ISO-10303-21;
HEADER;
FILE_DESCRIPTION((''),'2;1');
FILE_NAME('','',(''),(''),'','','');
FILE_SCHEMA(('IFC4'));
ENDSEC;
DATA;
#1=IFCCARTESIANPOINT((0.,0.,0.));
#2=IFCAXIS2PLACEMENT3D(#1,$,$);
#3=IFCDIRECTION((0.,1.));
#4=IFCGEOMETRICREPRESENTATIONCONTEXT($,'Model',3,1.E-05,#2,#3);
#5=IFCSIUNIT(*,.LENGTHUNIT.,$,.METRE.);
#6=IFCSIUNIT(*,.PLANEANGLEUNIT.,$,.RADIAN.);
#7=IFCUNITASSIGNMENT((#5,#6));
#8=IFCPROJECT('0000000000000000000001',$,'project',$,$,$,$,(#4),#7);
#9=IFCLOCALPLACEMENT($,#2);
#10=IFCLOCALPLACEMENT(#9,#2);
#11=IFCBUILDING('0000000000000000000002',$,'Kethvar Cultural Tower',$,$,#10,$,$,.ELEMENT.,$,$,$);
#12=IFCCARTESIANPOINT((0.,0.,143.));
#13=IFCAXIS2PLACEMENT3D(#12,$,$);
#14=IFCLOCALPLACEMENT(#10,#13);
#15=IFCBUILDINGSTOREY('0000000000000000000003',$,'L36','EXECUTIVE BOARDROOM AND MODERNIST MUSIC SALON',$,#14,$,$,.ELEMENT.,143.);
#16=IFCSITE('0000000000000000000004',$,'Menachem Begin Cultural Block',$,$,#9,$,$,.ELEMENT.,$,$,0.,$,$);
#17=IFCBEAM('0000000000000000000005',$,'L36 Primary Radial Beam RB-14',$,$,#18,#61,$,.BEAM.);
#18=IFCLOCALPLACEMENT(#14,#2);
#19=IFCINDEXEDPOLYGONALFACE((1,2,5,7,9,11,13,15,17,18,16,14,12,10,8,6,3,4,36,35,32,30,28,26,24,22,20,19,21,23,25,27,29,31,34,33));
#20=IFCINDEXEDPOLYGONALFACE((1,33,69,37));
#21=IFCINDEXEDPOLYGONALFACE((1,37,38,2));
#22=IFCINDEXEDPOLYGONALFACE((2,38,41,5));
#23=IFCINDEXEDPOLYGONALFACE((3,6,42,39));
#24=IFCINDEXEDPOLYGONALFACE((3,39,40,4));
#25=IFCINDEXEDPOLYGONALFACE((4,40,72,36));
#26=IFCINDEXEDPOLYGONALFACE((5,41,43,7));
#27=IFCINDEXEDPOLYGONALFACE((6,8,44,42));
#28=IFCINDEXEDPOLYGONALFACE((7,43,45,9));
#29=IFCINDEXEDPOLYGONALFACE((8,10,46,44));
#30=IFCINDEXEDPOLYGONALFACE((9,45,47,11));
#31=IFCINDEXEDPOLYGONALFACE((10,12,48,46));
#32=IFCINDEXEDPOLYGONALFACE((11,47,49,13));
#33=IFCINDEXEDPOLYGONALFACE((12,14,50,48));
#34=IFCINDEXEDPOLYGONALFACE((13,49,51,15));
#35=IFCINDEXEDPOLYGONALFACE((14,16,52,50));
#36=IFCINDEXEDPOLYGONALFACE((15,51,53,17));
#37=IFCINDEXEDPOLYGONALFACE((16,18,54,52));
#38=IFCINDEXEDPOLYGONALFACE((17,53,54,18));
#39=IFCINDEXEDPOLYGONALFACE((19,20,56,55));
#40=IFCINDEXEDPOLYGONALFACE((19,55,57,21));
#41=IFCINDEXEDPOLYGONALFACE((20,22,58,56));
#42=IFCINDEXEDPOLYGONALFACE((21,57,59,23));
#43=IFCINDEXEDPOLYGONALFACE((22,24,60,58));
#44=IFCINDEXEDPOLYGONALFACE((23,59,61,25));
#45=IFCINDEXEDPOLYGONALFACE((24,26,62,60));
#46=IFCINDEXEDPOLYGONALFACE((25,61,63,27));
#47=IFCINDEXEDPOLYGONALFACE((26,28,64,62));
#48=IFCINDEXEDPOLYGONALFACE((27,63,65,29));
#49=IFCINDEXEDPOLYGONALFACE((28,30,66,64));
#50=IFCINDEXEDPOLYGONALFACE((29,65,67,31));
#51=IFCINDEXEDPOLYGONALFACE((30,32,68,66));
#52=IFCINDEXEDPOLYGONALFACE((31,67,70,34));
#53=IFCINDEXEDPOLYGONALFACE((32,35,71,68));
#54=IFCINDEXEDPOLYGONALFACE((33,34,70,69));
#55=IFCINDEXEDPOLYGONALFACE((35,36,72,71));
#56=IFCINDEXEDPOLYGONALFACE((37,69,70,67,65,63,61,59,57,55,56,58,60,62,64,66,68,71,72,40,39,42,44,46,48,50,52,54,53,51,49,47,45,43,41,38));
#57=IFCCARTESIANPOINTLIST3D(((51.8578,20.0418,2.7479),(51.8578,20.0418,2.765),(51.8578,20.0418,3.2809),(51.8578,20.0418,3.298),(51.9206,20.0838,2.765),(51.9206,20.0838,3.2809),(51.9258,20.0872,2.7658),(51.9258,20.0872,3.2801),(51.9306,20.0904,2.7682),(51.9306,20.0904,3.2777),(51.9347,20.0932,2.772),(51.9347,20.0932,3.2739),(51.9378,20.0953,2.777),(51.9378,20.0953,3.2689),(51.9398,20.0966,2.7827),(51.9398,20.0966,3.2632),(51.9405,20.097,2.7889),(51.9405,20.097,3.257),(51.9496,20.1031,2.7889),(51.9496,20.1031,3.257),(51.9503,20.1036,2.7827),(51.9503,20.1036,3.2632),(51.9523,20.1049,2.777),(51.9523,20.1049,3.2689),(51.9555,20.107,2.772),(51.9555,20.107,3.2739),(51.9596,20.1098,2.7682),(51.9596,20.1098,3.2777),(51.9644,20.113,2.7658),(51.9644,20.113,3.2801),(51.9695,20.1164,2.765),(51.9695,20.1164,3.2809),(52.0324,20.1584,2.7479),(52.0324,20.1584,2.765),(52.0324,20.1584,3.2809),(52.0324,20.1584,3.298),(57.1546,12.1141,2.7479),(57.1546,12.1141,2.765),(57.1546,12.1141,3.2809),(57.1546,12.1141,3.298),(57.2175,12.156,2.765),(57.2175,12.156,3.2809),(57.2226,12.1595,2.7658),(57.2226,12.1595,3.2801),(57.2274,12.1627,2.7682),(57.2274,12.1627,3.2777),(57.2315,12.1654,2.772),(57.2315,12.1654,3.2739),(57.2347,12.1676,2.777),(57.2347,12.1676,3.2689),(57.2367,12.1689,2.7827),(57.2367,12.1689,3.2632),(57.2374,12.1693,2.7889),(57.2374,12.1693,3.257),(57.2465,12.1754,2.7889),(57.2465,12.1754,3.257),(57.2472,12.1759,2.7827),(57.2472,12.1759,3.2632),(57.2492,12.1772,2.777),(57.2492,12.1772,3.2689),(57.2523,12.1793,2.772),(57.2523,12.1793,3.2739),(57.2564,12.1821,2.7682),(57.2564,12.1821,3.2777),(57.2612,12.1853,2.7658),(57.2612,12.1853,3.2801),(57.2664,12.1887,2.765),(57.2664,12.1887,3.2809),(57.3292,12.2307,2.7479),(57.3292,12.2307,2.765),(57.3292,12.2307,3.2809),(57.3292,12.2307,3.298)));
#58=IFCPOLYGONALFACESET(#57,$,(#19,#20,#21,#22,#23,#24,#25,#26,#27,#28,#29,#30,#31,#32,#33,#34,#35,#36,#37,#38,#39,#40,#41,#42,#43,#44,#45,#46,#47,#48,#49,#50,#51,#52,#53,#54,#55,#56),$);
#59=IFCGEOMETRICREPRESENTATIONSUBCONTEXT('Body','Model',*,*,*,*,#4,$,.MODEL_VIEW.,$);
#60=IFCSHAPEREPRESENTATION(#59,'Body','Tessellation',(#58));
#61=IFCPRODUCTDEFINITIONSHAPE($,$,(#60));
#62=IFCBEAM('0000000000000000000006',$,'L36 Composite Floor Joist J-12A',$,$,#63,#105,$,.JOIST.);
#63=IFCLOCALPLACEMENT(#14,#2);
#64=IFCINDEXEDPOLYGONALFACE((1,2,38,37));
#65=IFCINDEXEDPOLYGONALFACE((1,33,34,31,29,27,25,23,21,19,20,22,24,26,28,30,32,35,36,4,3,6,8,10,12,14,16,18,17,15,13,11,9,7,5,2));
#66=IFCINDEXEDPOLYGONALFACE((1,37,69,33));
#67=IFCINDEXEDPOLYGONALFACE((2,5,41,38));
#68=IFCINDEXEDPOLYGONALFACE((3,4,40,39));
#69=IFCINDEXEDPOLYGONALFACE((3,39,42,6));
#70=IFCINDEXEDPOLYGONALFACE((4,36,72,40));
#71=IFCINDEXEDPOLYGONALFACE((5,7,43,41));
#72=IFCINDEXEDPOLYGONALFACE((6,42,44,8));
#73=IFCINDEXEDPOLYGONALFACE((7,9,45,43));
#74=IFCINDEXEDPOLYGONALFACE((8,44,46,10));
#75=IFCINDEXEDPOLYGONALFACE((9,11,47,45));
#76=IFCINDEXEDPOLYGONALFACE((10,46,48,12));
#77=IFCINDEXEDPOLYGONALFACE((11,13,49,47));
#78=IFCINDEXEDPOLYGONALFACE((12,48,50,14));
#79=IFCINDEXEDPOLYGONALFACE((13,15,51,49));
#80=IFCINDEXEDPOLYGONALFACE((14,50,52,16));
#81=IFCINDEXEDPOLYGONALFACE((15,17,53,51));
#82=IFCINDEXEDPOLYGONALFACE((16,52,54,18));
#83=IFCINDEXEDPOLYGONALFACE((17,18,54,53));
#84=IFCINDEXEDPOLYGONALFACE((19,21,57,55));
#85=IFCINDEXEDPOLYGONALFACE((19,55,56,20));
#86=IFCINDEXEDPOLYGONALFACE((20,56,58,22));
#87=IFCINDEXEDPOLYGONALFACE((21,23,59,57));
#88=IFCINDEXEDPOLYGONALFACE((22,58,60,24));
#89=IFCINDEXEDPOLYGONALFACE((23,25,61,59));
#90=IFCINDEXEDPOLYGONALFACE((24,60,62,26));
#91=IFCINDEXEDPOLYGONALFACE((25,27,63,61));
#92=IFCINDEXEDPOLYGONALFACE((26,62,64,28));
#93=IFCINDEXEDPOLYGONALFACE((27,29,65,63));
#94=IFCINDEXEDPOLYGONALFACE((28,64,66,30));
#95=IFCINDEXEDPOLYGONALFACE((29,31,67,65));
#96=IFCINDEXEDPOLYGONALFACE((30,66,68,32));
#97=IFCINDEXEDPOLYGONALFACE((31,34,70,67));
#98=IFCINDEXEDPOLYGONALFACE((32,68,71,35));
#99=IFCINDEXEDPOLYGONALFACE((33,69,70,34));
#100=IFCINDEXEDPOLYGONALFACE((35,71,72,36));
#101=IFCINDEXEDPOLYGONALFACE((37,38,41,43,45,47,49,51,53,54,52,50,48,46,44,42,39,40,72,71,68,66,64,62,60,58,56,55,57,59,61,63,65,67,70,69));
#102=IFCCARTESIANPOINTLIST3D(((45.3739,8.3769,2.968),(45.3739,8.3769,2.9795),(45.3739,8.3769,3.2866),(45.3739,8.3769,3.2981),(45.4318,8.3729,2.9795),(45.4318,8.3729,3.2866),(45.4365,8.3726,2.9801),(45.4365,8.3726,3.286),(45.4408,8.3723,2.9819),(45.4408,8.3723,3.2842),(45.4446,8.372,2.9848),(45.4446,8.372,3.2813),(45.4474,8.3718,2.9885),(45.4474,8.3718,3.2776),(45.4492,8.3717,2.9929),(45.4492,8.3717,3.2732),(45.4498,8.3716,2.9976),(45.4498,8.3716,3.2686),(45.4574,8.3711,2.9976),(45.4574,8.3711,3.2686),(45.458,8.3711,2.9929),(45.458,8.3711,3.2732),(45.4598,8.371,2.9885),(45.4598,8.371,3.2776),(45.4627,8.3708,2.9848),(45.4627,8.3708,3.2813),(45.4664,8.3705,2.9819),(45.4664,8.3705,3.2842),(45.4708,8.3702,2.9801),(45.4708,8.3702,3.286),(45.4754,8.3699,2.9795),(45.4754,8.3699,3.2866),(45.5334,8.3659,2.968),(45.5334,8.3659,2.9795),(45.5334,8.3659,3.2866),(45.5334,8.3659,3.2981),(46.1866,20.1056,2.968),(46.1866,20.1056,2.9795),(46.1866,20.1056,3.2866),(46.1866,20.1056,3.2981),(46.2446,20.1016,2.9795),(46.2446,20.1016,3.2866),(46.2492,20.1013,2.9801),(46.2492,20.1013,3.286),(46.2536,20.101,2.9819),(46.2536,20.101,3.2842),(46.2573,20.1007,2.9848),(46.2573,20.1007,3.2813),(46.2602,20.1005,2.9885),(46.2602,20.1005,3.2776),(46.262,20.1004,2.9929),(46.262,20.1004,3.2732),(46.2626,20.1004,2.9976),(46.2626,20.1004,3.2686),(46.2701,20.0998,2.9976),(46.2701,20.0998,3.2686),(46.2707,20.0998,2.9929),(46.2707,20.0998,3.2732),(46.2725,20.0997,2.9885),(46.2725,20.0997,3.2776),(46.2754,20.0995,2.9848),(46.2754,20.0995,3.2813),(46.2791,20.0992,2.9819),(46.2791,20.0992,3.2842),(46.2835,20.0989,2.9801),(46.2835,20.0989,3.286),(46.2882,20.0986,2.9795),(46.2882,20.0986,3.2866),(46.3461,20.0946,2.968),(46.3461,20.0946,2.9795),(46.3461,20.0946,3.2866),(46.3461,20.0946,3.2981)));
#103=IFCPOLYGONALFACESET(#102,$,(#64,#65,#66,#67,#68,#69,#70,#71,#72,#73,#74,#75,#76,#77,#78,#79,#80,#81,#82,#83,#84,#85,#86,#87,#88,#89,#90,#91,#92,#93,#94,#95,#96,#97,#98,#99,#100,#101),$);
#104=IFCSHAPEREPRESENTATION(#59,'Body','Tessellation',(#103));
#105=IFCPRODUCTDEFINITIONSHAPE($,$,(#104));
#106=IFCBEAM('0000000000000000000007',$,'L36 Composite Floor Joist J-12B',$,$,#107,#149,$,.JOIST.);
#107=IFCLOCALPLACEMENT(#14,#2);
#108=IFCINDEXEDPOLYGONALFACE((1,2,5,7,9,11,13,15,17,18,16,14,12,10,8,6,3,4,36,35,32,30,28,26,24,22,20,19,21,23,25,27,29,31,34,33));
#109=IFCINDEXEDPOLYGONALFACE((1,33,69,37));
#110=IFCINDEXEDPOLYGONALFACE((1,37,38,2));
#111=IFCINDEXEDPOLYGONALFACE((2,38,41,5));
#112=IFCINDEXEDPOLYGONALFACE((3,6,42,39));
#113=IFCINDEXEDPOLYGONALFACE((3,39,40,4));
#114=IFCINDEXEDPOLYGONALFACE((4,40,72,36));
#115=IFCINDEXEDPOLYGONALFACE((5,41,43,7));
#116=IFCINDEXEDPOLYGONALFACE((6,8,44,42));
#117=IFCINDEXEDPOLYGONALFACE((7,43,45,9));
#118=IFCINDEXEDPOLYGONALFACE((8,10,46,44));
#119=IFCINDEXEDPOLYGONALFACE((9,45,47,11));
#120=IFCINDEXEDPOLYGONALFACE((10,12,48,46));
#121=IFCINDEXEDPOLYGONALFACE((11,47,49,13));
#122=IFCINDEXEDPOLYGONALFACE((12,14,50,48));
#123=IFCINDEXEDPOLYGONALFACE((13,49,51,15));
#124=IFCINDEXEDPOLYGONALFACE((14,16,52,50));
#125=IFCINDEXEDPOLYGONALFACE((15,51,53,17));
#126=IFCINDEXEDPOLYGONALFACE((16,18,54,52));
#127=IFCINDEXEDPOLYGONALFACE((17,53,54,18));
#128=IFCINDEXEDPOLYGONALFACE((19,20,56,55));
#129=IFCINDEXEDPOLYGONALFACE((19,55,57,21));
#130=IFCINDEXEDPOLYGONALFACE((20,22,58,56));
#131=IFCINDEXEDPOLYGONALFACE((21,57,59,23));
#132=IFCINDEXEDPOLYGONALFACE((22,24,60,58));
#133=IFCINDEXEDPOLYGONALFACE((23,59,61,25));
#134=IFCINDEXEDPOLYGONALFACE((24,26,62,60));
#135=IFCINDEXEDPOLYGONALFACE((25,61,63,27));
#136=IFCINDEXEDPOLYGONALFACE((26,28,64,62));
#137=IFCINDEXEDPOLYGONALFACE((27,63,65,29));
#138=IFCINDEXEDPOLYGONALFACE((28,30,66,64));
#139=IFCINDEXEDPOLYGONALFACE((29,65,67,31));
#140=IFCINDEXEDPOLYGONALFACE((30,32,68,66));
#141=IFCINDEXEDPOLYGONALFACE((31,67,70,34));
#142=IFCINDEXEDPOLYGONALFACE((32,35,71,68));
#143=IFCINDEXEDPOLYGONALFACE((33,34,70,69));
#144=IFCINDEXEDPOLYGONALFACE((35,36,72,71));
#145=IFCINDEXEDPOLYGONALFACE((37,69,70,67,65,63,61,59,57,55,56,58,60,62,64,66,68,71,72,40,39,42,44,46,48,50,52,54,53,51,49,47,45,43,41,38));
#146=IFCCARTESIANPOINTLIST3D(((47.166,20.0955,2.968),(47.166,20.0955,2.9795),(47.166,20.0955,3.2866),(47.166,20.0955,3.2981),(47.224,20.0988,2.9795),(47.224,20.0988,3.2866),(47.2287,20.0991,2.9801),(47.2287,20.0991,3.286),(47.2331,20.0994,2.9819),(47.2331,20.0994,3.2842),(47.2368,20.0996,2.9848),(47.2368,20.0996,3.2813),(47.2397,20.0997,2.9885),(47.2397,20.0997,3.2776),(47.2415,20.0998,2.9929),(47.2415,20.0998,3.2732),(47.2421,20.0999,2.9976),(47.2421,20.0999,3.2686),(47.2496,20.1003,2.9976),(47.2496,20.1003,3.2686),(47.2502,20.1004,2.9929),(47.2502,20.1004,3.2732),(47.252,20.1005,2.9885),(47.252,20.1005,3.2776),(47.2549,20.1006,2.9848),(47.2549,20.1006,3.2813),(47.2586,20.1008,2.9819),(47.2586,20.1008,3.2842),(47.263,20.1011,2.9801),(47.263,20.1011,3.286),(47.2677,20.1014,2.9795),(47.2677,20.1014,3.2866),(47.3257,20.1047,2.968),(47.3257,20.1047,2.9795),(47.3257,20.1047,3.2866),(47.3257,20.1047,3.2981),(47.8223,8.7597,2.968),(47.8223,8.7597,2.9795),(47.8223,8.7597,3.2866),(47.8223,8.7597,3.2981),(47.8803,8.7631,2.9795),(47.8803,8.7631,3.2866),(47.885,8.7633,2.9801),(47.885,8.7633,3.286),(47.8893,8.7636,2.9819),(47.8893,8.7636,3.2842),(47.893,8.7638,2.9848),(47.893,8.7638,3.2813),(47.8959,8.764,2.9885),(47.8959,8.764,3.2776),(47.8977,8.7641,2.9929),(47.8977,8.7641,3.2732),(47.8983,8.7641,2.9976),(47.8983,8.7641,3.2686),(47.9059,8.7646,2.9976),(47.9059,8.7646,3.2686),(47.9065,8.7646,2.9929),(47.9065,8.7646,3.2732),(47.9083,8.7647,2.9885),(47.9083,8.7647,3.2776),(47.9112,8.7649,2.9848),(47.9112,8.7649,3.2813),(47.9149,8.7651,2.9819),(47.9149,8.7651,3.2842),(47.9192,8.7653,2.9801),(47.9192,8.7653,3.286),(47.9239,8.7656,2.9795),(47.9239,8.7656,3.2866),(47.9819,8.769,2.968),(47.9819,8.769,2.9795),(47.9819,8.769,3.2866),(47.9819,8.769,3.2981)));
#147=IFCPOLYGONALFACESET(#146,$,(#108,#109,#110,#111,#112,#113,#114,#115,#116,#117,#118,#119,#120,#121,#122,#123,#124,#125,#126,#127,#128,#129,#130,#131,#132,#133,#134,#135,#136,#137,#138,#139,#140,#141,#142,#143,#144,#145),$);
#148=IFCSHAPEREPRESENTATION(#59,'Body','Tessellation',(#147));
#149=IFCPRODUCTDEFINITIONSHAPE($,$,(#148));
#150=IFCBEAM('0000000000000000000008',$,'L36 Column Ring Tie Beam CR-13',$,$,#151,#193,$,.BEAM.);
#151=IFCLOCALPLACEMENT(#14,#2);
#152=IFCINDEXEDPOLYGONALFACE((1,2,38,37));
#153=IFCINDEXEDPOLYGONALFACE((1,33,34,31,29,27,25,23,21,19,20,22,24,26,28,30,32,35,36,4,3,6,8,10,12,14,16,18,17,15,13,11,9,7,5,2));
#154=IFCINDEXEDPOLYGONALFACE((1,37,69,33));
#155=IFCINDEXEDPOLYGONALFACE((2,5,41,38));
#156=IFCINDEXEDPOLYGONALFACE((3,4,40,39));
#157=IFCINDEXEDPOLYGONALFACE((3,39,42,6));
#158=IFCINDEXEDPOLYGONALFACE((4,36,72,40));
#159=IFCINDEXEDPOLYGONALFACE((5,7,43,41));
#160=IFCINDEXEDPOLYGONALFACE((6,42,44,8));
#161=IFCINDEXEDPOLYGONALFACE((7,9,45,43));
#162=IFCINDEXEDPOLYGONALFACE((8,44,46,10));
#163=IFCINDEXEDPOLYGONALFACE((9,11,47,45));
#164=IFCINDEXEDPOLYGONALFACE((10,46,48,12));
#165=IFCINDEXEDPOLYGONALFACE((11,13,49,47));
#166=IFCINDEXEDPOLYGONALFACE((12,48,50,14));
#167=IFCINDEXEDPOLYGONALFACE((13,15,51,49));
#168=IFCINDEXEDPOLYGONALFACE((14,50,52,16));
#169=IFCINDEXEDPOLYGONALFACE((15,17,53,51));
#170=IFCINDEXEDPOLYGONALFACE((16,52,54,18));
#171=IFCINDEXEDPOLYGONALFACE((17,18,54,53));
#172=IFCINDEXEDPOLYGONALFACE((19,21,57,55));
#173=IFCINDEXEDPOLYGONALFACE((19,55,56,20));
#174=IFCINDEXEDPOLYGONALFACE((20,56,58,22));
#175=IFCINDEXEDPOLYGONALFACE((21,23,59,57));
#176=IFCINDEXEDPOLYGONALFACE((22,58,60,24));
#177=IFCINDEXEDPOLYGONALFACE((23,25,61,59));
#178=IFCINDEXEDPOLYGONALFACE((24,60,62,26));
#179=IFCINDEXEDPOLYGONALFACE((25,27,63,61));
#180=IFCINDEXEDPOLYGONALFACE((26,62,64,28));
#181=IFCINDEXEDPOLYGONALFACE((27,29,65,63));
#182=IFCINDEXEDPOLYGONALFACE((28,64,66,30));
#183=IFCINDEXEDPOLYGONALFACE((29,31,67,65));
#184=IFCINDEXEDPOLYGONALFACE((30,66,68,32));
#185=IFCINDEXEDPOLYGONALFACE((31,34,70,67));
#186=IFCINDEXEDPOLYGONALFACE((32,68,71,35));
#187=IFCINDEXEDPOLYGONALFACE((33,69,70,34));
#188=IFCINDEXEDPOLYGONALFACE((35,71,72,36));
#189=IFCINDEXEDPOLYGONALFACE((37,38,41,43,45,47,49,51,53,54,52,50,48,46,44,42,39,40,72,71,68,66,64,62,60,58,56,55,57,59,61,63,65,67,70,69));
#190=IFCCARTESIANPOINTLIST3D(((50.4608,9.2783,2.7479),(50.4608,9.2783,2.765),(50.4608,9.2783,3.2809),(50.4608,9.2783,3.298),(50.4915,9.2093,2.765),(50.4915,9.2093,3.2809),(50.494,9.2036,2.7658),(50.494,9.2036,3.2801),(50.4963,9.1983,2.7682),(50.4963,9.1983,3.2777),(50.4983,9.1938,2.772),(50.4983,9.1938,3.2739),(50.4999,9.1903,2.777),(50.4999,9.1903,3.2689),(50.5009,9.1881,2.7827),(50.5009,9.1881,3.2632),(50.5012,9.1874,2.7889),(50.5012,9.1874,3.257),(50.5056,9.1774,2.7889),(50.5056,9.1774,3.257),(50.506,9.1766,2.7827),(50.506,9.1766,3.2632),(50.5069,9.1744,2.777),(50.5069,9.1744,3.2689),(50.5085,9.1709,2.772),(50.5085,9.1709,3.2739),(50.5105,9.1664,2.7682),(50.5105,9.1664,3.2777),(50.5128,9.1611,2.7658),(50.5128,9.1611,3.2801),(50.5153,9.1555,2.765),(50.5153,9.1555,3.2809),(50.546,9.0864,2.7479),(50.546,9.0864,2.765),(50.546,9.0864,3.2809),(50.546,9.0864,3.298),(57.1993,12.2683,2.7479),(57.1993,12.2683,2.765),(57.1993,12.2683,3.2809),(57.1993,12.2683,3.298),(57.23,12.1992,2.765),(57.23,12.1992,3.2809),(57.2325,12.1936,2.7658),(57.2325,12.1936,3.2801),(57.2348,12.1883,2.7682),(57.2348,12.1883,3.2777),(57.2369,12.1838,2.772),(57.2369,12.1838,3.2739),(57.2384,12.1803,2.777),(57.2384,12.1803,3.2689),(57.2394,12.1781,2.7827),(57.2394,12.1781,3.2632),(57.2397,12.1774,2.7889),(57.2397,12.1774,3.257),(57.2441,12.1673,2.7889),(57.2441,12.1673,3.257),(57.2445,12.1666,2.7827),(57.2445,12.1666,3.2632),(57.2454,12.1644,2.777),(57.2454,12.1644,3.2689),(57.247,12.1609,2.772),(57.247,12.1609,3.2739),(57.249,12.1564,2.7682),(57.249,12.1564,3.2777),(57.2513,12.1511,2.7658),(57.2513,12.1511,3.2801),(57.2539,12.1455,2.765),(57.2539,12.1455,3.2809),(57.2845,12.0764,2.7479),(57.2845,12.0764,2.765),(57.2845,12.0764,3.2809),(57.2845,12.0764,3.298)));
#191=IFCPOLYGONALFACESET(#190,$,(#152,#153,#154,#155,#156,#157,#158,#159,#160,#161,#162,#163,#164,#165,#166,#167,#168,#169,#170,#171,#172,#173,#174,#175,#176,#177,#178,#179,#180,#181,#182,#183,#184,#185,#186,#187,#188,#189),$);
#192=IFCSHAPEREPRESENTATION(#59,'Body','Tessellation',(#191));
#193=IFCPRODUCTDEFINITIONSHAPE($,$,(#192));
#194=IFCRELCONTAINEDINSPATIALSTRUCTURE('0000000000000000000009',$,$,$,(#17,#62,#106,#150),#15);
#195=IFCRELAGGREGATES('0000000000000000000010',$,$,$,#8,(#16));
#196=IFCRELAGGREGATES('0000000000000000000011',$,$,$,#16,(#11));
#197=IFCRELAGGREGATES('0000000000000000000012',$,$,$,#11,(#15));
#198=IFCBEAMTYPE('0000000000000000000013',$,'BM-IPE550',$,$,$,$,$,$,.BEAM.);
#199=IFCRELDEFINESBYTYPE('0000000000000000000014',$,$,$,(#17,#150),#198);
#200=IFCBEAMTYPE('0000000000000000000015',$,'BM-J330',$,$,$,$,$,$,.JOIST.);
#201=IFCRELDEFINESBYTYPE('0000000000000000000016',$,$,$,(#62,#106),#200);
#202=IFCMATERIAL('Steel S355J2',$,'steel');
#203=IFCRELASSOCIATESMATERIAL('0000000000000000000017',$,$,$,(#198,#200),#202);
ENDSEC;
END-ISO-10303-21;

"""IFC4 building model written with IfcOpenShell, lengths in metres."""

from ifc_helpers import new_model, si_unit, direction, frame, origin, origin_2d, place, context, subcontext, project, spatial, i_section, extrude, source, transform, mapped, material, material_profile, profile_set, type_object, element, save


model = new_model("IFC4")

# Units and contexts
model_context = context("Model", 3, precision=1e-05, world=origin(), true_north=direction((0.0, 1.0)))
body_context = subcontext(model_context, "Body", "Model", "MODEL_VIEW")
ifc_project = project(units=[si_unit("LENGTHUNIT", "METRE"), si_unit("PLANEANGLEUNIT", "RADIAN")], contexts=[model_context])

# Site, building, storey
site_placement = place(None, origin())
site = spatial("IfcSite", under=ifc_project, at=site_placement, Name="Menachem Begin Cultural Block", CompositionType="ELEMENT", RefElevation=0.0)
building_placement = place(site_placement, origin())
building = spatial("IfcBuilding", under=site, at=building_placement, Name="Kethvar Cultural Tower", CompositionType="ELEMENT")
storey_placement = place(building_placement, frame((0.0, 0.0, 143.0)))
storey = spatial("IfcBuildingStorey", under=building, at=storey_placement, Name="L36", Description="EXECUTIVE BOARDROOM AND MODERNIST MUSIC SALON", CompositionType="ELEMENT", Elevation=143.0)

# Beams
ifc_material_1 = material(Name="Steel S355J2", Category="steel")
ifc_material_profile_1 = material_profile(ifc_material_1, i_section(OverallWidth=0.21, OverallDepth=0.55, WebThickness=0.011, FlangeThickness=0.0171, FilletRadius=0.0239, at=origin_2d()), Name="Steel S355J2 — IPE550")
ifc_profile_set_1 = profile_set([ifc_material_profile_1], Name="Steel S355J2 — IPE550")
beam_type_1 = type_object("IfcBeamType", Name="BM-IPE550", PredefinedType="BEAM", material=ifc_profile_set_1)
shared_shape_1 = source(origin(), body_context, "Body", "SweptSolid", [
    extrude(i_section(OverallWidth=0.21, OverallDepth=0.55, WebThickness=0.011, FlangeThickness=0.0171, FilletRadius=0.0239, at=origin_2d()), origin(), (0.0, 0.0, 1.0), 9.5344),
])
beam_1_placement = place(storey_placement, frame((51.9451, 20.1001, 3.0229), z_axis=(0.555551, -0.831483, 0.0), x_axis=(0.831483, 0.555551, 0.0)))
element("IfcBeam", 1, at=beam_1_placement, inside=storey, type_object=beam_type_1, Name="L36 Primary Radial Beam RB-14", PredefinedType="BEAM", context=body_context, shape_type="MappedRepresentation", body=[
    mapped(shared_shape_1, transform((0.0, 0.0, 0.0), scale=1.0)),
])
ifc_material_profile_2 = material_profile(ifc_material_1, i_section(OverallWidth=0.1599, OverallDepth=0.3301, WebThickness=0.0076, FlangeThickness=0.0115, FilletRadius=0.0181, at=origin_2d()), Name="Steel S355J2 — IPE330")
ifc_profile_set_2 = profile_set([ifc_material_profile_2], Name="Steel S355J2 — IPE330")
beam_type_2 = type_object("IfcBeamType", Name="BM-J330", PredefinedType="JOIST", material=ifc_profile_set_2)
shared_shape_2 = source(origin(), body_context, "Body", "SweptSolid", [
    extrude(i_section(OverallWidth=0.1599, OverallDepth=0.3301, WebThickness=0.0076, FlangeThickness=0.0115, FilletRadius=0.0181, at=origin_2d()), origin(), (0.0, 0.0, 1.0), 11.7568),
])
beam_2_placement = place(storey_placement, frame((46.2664, 20.1001, 3.1331), z_axis=(-0.069129, -0.997608, 0.0), x_axis=(0.997608, -0.069129, 0.0)))
element("IfcBeam", 2, at=beam_2_placement, inside=storey, type_object=beam_type_2, Name="L36 Composite Floor Joist J-12A", PredefinedType="JOIST", context=body_context, shape_type="MappedRepresentation", body=[
    mapped(shared_shape_2, transform((0.0, 0.0, 0.0), scale=1.0)),
])
shared_shape_3 = source(origin(), body_context, "Body", "SweptSolid", [
    extrude(i_section(OverallWidth=0.1599, OverallDepth=0.3301, WebThickness=0.0076, FlangeThickness=0.0115, FilletRadius=0.0181, at=origin_2d()), origin(), (0.0, 0.0, 1.0), 11.3547),
])
beam_3_placement = place(storey_placement, frame((47.2458, 20.1001, 3.1331), z_axis=(0.057796, -0.998328, 0.0), x_axis=(0.998328, 0.057796, 0.0)))
element("IfcBeam", 3, at=beam_3_placement, inside=storey, type_object=beam_type_2, Name="L36 Composite Floor Joist J-12B", PredefinedType="JOIST", context=body_context, shape_type="MappedRepresentation", body=[
    mapped(shared_shape_3, transform((0.0, 0.0, 0.0), scale=1.0)),
])
shared_shape_4 = source(origin(), body_context, "Body", "SweptSolid", [
    extrude(i_section(OverallWidth=0.21, OverallDepth=0.55, WebThickness=0.011, FlangeThickness=0.0171, FilletRadius=0.0239, at=origin_2d()), origin(), (0.0, 0.0, 1.0), 7.3721),
])
beam_4_placement = place(storey_placement, frame((50.5034, 9.1824, 3.0229), z_axis=(0.914059, 0.405582, 0.0), x_axis=(-0.405582, 0.914059, 0.0)))
element("IfcBeam", 4, at=beam_4_placement, inside=storey, type_object=beam_type_1, Name="L36 Column Ring Tie Beam CR-13", PredefinedType="BEAM", context=body_context, shape_type="MappedRepresentation", body=[
    mapped(shared_shape_4, transform((0.0, 0.0, 0.0), scale=1.0)),
])

save(model, "model.ifc")
